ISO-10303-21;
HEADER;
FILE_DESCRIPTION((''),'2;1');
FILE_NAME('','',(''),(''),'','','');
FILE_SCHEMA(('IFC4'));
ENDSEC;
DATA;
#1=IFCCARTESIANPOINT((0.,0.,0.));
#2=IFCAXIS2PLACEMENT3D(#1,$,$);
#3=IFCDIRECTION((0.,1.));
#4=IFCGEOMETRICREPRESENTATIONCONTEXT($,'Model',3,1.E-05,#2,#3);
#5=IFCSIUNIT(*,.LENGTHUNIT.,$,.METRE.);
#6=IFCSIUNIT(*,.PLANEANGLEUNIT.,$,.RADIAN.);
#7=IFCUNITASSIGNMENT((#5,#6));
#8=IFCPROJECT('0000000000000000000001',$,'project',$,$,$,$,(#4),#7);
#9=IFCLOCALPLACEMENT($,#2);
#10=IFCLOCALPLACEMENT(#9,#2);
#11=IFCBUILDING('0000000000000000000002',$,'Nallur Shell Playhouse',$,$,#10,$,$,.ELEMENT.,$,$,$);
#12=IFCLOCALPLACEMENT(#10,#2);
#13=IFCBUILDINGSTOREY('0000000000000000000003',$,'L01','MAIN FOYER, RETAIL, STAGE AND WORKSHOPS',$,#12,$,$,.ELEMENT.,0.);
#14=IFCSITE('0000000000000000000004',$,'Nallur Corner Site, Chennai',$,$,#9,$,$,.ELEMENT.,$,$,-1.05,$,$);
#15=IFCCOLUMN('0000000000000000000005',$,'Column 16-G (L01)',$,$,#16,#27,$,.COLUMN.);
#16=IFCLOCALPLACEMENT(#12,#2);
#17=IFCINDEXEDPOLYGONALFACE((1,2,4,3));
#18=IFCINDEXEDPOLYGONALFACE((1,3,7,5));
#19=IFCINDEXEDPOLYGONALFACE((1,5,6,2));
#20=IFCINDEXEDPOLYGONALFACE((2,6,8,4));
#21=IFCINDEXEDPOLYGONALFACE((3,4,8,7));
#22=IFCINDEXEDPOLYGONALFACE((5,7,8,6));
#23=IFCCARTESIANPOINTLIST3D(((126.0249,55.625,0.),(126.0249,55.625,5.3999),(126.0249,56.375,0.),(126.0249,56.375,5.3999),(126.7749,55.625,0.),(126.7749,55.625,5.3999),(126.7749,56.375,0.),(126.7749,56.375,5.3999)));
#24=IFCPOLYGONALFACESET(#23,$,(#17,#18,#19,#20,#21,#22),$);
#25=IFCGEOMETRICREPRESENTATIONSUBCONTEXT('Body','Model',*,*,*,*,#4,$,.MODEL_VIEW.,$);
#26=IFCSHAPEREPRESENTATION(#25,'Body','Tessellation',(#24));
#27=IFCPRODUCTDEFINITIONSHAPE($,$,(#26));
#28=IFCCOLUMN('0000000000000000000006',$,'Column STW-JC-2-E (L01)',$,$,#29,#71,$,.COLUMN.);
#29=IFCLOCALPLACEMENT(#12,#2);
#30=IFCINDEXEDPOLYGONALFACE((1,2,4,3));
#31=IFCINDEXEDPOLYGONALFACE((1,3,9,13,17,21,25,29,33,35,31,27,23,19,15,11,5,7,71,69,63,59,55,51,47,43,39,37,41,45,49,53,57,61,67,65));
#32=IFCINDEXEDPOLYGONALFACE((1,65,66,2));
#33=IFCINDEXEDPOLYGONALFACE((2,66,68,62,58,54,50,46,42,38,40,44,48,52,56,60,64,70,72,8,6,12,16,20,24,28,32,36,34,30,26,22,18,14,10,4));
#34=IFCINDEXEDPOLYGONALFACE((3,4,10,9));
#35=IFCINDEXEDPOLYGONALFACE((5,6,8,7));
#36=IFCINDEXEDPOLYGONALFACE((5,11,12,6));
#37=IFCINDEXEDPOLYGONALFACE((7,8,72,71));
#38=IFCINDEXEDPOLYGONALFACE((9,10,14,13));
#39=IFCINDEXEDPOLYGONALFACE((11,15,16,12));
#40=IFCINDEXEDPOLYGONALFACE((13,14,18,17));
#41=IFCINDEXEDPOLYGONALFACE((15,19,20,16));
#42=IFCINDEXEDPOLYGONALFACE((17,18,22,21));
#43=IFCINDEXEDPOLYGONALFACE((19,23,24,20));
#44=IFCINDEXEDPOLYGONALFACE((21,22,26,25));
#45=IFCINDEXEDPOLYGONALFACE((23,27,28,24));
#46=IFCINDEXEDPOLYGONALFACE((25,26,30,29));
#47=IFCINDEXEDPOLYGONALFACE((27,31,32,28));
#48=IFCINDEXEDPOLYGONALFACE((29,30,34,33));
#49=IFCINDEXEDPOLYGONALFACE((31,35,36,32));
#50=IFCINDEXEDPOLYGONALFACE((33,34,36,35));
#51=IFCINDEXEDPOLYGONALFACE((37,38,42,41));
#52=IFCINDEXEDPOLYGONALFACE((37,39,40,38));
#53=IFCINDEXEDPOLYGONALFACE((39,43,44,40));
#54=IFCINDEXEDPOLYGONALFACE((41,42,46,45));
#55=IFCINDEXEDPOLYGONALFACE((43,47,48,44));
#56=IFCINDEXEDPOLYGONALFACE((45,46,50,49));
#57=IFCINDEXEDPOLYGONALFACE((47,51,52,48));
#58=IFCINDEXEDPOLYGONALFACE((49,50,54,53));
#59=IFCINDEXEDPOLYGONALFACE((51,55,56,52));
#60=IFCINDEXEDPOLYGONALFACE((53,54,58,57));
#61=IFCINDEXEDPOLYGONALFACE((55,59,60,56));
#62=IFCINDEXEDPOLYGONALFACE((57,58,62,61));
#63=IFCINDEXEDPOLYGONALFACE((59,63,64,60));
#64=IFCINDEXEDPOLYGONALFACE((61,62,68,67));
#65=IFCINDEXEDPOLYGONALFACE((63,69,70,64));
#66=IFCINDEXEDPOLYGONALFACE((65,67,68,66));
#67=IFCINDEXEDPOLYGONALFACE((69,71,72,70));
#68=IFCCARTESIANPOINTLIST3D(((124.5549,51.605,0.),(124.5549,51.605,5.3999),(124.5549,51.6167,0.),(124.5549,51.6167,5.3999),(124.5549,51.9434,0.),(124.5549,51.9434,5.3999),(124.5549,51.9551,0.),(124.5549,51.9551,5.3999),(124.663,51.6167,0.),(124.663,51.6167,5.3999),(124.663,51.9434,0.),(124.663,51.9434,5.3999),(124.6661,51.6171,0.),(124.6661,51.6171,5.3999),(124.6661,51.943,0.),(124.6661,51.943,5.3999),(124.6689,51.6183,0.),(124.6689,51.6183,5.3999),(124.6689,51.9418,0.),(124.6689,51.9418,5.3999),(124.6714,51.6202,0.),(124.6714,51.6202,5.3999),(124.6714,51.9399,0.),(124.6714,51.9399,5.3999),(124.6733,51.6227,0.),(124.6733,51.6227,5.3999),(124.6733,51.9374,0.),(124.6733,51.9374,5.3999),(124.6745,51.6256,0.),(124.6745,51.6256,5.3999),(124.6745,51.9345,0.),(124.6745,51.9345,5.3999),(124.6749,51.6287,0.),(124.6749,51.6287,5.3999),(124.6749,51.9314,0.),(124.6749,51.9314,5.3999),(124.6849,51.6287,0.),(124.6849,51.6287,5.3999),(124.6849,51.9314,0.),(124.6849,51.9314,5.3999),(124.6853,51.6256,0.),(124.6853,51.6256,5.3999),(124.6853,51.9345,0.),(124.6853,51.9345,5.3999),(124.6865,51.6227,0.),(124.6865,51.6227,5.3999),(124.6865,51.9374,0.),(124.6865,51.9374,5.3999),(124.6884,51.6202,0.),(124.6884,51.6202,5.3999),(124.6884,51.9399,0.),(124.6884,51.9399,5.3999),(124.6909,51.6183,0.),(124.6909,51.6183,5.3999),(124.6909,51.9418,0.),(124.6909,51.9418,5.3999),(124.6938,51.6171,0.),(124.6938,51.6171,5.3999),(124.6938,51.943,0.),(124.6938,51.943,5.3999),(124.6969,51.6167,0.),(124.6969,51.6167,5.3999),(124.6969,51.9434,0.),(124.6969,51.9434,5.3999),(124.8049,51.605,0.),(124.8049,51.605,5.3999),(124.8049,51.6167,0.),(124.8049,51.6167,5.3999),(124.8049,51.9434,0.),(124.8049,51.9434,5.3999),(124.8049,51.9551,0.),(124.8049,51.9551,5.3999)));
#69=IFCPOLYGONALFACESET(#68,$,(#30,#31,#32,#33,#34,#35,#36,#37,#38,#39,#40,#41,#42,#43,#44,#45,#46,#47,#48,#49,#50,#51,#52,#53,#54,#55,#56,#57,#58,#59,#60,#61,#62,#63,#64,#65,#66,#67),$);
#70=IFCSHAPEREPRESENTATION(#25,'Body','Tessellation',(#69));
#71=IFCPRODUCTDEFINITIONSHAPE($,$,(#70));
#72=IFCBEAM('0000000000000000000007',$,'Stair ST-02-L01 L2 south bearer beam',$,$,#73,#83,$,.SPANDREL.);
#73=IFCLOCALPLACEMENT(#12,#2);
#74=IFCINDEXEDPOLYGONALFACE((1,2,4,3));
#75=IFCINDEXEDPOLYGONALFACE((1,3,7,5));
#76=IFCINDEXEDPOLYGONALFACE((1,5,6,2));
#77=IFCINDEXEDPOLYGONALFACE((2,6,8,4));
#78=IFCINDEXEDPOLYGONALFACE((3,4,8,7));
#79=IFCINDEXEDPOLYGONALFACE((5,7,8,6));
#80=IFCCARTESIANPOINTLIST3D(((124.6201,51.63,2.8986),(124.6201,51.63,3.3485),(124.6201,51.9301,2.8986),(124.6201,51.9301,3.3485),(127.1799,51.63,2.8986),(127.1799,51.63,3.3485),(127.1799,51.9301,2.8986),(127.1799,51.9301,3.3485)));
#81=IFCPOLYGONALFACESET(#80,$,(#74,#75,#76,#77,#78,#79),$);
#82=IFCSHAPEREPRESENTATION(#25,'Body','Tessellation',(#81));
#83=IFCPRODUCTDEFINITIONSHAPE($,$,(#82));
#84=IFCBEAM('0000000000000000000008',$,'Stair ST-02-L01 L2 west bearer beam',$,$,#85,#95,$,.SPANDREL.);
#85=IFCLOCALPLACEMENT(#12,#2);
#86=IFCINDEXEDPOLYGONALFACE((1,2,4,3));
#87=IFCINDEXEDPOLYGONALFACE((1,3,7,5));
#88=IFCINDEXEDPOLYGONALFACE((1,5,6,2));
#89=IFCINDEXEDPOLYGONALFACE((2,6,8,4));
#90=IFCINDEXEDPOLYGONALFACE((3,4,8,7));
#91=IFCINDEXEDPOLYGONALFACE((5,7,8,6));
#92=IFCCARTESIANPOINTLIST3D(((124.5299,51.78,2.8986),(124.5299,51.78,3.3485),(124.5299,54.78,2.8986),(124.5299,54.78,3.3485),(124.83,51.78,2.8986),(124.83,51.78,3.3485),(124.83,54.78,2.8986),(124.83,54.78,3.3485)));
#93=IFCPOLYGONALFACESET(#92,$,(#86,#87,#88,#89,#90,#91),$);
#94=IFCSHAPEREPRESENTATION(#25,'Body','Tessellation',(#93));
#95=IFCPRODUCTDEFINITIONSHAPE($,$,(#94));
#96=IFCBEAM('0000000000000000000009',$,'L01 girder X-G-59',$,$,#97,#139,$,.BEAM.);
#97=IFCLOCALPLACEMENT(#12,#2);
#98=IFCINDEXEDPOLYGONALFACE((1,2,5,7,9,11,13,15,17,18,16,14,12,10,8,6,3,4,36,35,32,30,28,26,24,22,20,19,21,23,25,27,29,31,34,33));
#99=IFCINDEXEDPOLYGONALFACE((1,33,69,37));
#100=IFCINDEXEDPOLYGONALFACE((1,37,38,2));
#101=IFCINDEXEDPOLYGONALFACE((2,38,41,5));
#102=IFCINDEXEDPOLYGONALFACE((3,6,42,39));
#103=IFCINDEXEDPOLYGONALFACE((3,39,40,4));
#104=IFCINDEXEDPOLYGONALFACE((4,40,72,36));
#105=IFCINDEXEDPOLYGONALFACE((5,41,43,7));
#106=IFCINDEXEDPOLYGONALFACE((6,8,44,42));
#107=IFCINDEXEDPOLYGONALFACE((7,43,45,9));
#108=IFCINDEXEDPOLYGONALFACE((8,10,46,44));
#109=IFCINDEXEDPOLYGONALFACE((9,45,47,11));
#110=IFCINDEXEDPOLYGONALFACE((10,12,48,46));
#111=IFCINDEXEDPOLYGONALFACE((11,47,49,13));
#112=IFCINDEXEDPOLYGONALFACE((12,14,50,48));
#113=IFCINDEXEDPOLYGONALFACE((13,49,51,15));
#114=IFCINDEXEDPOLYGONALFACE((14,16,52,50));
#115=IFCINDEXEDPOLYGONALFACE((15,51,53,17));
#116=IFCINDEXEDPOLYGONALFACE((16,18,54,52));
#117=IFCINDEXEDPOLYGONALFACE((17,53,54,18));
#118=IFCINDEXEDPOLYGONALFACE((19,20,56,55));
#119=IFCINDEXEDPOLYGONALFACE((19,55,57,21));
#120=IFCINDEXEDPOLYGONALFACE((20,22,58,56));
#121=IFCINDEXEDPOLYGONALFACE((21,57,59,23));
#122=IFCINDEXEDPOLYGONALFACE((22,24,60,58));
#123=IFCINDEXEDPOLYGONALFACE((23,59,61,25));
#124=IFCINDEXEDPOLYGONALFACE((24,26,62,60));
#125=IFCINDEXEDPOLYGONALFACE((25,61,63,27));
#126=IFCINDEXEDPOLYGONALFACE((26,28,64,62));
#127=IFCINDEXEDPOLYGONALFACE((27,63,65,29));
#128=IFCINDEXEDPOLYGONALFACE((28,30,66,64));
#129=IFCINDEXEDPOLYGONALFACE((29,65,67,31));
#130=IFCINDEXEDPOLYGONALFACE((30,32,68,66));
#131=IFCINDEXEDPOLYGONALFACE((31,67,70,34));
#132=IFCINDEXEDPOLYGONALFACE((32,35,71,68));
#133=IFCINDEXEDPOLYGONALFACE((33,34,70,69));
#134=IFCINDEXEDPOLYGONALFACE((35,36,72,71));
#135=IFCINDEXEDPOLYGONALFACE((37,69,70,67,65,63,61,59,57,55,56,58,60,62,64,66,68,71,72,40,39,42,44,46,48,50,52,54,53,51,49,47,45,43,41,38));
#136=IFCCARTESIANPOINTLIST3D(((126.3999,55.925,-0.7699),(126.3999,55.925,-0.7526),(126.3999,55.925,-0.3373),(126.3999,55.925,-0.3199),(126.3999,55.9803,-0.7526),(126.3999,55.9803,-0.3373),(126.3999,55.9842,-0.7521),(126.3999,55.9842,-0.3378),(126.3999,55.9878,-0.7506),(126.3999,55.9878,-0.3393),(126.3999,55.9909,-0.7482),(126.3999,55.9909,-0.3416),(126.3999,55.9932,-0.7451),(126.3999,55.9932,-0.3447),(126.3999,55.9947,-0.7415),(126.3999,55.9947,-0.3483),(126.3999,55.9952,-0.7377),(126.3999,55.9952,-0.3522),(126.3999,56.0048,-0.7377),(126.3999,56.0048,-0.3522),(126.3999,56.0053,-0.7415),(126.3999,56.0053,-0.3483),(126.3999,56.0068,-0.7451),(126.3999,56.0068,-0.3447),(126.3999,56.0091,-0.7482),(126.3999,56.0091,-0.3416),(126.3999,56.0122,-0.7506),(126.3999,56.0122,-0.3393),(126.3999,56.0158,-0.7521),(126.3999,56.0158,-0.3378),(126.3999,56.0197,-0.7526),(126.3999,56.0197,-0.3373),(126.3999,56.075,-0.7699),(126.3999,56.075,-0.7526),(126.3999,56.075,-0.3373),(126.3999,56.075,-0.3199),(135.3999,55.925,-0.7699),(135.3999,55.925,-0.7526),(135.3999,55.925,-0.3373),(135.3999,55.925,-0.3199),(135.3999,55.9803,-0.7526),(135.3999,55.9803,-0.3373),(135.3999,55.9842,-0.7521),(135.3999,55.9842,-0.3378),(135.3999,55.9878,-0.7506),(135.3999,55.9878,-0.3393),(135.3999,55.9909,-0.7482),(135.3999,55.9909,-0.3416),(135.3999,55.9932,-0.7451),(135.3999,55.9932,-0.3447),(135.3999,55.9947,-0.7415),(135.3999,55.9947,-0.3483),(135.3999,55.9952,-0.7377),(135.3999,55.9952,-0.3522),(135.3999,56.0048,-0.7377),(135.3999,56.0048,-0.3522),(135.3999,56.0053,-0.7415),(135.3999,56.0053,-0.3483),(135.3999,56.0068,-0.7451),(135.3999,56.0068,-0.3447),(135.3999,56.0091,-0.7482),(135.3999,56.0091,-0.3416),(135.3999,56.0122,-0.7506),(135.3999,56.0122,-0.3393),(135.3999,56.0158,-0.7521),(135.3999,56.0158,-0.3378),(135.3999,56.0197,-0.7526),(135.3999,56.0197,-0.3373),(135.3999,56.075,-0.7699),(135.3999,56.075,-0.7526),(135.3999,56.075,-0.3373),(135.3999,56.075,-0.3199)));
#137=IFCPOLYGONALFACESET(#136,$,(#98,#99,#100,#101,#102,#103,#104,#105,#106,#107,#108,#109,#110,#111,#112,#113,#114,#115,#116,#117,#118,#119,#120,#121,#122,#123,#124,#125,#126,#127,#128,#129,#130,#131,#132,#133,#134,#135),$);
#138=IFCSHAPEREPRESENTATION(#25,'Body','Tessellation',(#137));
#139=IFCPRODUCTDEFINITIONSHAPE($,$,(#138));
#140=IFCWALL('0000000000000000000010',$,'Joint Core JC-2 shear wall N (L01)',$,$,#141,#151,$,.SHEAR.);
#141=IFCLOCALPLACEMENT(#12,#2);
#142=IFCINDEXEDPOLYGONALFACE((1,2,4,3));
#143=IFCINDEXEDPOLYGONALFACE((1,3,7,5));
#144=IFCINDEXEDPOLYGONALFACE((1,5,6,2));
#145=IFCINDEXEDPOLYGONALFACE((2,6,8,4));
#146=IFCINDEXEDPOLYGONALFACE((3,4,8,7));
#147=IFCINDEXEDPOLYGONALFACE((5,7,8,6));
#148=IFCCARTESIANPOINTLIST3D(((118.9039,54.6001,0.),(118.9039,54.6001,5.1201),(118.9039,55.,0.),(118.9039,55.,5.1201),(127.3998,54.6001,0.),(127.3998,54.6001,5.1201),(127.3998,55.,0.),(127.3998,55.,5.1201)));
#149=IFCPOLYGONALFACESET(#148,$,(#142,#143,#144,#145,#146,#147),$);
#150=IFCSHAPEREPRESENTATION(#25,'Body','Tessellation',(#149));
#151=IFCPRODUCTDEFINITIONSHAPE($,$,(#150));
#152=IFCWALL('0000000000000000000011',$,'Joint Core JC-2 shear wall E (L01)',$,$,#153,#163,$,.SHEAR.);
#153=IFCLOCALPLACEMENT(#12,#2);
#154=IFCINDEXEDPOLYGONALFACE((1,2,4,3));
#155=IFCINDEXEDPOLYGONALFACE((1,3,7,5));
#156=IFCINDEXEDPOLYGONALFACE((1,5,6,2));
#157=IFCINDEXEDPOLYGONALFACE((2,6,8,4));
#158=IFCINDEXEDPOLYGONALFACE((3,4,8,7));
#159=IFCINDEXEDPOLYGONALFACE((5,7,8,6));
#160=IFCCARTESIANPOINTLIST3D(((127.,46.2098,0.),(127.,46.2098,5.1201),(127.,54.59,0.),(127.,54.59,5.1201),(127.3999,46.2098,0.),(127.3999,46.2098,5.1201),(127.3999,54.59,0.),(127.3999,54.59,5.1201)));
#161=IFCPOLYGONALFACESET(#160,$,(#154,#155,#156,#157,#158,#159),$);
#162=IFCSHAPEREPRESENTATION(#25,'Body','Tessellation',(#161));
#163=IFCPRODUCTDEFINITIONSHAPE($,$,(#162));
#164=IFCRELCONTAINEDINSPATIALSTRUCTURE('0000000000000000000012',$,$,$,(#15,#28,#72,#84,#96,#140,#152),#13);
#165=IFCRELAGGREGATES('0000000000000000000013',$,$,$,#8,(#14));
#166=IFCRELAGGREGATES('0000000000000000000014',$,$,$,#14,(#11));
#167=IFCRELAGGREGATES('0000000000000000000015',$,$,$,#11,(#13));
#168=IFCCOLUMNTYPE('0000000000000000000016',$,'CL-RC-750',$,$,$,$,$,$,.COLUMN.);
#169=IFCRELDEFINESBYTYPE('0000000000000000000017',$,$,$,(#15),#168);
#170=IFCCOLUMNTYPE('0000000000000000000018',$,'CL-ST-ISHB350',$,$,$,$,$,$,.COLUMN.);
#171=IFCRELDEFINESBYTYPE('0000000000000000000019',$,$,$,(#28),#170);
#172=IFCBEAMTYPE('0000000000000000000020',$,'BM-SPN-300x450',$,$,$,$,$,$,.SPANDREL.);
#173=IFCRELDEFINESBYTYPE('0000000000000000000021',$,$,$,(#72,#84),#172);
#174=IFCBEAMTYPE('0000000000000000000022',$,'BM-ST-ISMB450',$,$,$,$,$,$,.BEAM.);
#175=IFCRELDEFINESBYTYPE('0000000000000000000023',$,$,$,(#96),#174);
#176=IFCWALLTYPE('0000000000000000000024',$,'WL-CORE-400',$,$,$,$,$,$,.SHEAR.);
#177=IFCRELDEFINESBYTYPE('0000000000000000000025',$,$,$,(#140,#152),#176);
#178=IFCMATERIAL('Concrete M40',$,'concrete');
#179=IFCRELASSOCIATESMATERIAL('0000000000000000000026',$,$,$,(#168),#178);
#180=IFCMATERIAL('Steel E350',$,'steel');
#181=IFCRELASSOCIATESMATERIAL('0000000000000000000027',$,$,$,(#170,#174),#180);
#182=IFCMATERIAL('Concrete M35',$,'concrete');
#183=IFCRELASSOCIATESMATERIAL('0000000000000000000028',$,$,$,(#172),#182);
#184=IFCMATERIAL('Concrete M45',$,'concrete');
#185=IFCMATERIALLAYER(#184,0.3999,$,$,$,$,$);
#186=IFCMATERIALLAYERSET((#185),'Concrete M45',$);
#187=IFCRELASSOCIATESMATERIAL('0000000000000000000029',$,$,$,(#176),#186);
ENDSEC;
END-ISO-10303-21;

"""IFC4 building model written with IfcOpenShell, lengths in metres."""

from ifc_helpers import new_model, si_unit, direction, frame, frame_2d, origin, origin_2d, place, context, subcontext, project, spatial, rectangle, i_section, extrude, material, layer, layer_set, material_profile, profile_set, type_object, element, save


model = new_model("IFC4")

# Units and contexts
model_context = context("Model", 3, precision=1e-05, world=origin(), true_north=direction((0.0, 1.0)))
body_context = subcontext(model_context, "Body", "Model", "MODEL_VIEW")
ifc_project = project(units=[si_unit("LENGTHUNIT", "METRE"), si_unit("PLANEANGLEUNIT", "RADIAN")], contexts=[model_context])

# Site, building, storey
site_placement = place(None, origin())
site = spatial("IfcSite", under=ifc_project, at=site_placement, Name="Nallur Corner Site, Chennai", CompositionType="ELEMENT", RefElevation=-1.05)
building_placement = place(site_placement, origin())
building = spatial("IfcBuilding", under=site, at=building_placement, Name="Nallur Shell Playhouse", CompositionType="ELEMENT")
storey_placement = place(building_placement, origin())
storey = spatial("IfcBuildingStorey", under=building, at=storey_placement, Name="L01", Description="MAIN FOYER, RETAIL, STAGE AND WORKSHOPS", CompositionType="ELEMENT", Elevation=0.0)

# Columns
ifc_material_1 = material(Name="Concrete M40", Category="concrete")
ifc_material_profile_1 = material_profile(ifc_material_1, rectangle(XDim=0.75, YDim=0.75, at=origin_2d()), Name="RC 750x750")
ifc_profile_set_1 = profile_set([ifc_material_profile_1], Name="Concrete M40")
column_type_1 = type_object("IfcColumnType", Name="CL-RC-750", PredefinedType="COLUMN", material=ifc_profile_set_1)
column_1_placement = place(storey_placement, frame((126.3999, 56.0, 0.0), z_axis=(0.0, 0.0, 1.0), x_axis=(1.0, 0.0, 0.0)))
element("IfcColumn", 1, at=column_1_placement, inside=storey, type_object=column_type_1, Name="Column 16-G (L01)", PredefinedType="COLUMN", context=body_context, shape_type="SweptSolid", body=[
    extrude(rectangle(XDim=0.75, YDim=0.75, at=origin_2d()), origin(), (0.0, 0.0, 1.0), 5.3999),
])
ifc_material_2 = material(Name="Steel E350", Category="steel")
ifc_material_profile_2 = material_profile(ifc_material_2, i_section(OverallWidth=0.25, OverallDepth=0.3501, WebThickness=0.01, FlangeThickness=0.0117, FilletRadius=0.012, at=origin_2d()), Name="ISHB 350")
ifc_profile_set_2 = profile_set([ifc_material_profile_2], Name="Steel E350")
column_type_2 = type_object("IfcColumnType", Name="CL-ST-ISHB350", PredefinedType="COLUMN", material=ifc_profile_set_2)
column_2_placement = place(storey_placement, frame((124.6799, 51.78, 0.0), z_axis=(0.0, 0.0, 1.0), x_axis=(1.0, 0.0, 0.0)))
element("IfcColumn", 2, at=column_2_placement, inside=storey, type_object=column_type_2, Name="Column STW-JC-2-E (L01)", PredefinedType="COLUMN", context=body_context, shape_type="SweptSolid", body=[
    extrude(i_section(OverallWidth=0.25, OverallDepth=0.3501, WebThickness=0.01, FlangeThickness=0.0117, FilletRadius=0.012, at=origin_2d()), origin(), (0.0, 0.0, 1.0), 5.3999),
])

# Beams
ifc_material_3 = material(Name="Concrete M35", Category="concrete")
ifc_material_profile_3 = material_profile(ifc_material_3, rectangle(XDim=0.3, YDim=0.45, at=origin_2d()), Name="RC 300x450")
ifc_profile_set_3 = profile_set([ifc_material_profile_3], Name="Concrete M35")
beam_type_1 = type_object("IfcBeamType", Name="BM-SPN-300x450", PredefinedType="SPANDREL", material=ifc_profile_set_3)
beam_1_placement = place(storey_placement, frame((124.6201, 51.78, 3.1235), z_axis=(1.0, 0.0, 0.0), x_axis=(0.0, 1.0, 0.0)))
element("IfcBeam", 3, at=beam_1_placement, inside=storey, type_object=beam_type_1, Name="Stair ST-02-L01 L2 south bearer beam", PredefinedType="SPANDREL", context=body_context, shape_type="SweptSolid", body=[
    extrude(rectangle(XDim=0.3, YDim=0.45, at=origin_2d()), origin(), (0.0, 0.0, 1.0), 2.5598),
])
beam_2_placement = place(storey_placement, frame((124.6799, 51.78, 3.1235), z_axis=(0.0, 1.0, 0.0), x_axis=(-1.0, 0.0, 0.0)))
element("IfcBeam", 4, at=beam_2_placement, inside=storey, type_object=beam_type_1, Name="Stair ST-02-L01 L2 west bearer beam", PredefinedType="SPANDREL", context=body_context, shape_type="SweptSolid", body=[
    extrude(rectangle(XDim=0.3, YDim=0.45, at=origin_2d()), origin(), (0.0, 0.0, 1.0), 3.0),
])
ifc_material_profile_4 = material_profile(ifc_material_2, i_section(OverallWidth=0.1499, OverallDepth=0.45, WebThickness=0.0095, FlangeThickness=0.0173, FilletRadius=0.0149, at=origin_2d()), Name="ISMB 450")
ifc_profile_set_4 = profile_set([ifc_material_profile_4], Name="Steel E350")
beam_type_2 = type_object("IfcBeamType", Name="BM-ST-ISMB450", PredefinedType="BEAM", material=ifc_profile_set_4)
beam_3_placement = place(storey_placement, frame((126.3999, 56.0, -0.5449), z_axis=(1.0, 0.0, 0.0), x_axis=(0.0, 1.0, 0.0)))
element("IfcBeam", 5, at=beam_3_placement, inside=storey, type_object=beam_type_2, Name="L01 girder X-G-59", PredefinedType="BEAM", context=body_context, shape_type="SweptSolid", body=[
    extrude(i_section(OverallWidth=0.1499, OverallDepth=0.45, WebThickness=0.0095, FlangeThickness=0.0173, FilletRadius=0.0149, at=origin_2d()), origin(), (0.0, 0.0, 1.0), 9.0),
])

# Walls
ifc_material_4 = material(Name="Concrete M45", Category="concrete")
ifc_layer_1 = layer(ifc_material_4, 0.3999)
ifc_layer_set_1 = layer_set([ifc_layer_1], Name="Concrete M45")
wall_type_1 = type_object("IfcWallType", Name="WL-CORE-400", PredefinedType="SHEAR", material=ifc_layer_set_1)
wall_1_placement = place(storey_placement, frame((127.3999, 54.8, 0.0), z_axis=(0.0, 0.0, 1.0), x_axis=(-1.0, 0.0, 0.0)))
element("IfcWall", 6, at=wall_1_placement, inside=storey, type_object=wall_type_1, Name="Joint Core JC-2 shear wall N (L01)", PredefinedType="SHEAR", context=body_context, shape_type="SweptSolid", body=[
    extrude(rectangle(XDim=8.4958, YDim=0.3999, at=frame_2d((4.248, 0.0))), origin(), (0.0, 0.0, 1.0), 5.1201),
])
wall_2_placement = place(storey_placement, frame((127.2, 46.21, 0.0), z_axis=(0.0, 0.0, 1.0), x_axis=(0.0, 1.0, 0.0)))
element("IfcWall", 7, at=wall_2_placement, inside=storey, type_object=wall_type_1, Name="Joint Core JC-2 shear wall E (L01)", PredefinedType="SHEAR", context=body_context, shape_type="SweptSolid", body=[
    extrude(rectangle(XDim=8.3801, YDim=0.3999, at=frame_2d((4.1899, 0.0))), origin(), (0.0, 0.0, 1.0), 5.1201),
])

save(model, "model.ifc")
